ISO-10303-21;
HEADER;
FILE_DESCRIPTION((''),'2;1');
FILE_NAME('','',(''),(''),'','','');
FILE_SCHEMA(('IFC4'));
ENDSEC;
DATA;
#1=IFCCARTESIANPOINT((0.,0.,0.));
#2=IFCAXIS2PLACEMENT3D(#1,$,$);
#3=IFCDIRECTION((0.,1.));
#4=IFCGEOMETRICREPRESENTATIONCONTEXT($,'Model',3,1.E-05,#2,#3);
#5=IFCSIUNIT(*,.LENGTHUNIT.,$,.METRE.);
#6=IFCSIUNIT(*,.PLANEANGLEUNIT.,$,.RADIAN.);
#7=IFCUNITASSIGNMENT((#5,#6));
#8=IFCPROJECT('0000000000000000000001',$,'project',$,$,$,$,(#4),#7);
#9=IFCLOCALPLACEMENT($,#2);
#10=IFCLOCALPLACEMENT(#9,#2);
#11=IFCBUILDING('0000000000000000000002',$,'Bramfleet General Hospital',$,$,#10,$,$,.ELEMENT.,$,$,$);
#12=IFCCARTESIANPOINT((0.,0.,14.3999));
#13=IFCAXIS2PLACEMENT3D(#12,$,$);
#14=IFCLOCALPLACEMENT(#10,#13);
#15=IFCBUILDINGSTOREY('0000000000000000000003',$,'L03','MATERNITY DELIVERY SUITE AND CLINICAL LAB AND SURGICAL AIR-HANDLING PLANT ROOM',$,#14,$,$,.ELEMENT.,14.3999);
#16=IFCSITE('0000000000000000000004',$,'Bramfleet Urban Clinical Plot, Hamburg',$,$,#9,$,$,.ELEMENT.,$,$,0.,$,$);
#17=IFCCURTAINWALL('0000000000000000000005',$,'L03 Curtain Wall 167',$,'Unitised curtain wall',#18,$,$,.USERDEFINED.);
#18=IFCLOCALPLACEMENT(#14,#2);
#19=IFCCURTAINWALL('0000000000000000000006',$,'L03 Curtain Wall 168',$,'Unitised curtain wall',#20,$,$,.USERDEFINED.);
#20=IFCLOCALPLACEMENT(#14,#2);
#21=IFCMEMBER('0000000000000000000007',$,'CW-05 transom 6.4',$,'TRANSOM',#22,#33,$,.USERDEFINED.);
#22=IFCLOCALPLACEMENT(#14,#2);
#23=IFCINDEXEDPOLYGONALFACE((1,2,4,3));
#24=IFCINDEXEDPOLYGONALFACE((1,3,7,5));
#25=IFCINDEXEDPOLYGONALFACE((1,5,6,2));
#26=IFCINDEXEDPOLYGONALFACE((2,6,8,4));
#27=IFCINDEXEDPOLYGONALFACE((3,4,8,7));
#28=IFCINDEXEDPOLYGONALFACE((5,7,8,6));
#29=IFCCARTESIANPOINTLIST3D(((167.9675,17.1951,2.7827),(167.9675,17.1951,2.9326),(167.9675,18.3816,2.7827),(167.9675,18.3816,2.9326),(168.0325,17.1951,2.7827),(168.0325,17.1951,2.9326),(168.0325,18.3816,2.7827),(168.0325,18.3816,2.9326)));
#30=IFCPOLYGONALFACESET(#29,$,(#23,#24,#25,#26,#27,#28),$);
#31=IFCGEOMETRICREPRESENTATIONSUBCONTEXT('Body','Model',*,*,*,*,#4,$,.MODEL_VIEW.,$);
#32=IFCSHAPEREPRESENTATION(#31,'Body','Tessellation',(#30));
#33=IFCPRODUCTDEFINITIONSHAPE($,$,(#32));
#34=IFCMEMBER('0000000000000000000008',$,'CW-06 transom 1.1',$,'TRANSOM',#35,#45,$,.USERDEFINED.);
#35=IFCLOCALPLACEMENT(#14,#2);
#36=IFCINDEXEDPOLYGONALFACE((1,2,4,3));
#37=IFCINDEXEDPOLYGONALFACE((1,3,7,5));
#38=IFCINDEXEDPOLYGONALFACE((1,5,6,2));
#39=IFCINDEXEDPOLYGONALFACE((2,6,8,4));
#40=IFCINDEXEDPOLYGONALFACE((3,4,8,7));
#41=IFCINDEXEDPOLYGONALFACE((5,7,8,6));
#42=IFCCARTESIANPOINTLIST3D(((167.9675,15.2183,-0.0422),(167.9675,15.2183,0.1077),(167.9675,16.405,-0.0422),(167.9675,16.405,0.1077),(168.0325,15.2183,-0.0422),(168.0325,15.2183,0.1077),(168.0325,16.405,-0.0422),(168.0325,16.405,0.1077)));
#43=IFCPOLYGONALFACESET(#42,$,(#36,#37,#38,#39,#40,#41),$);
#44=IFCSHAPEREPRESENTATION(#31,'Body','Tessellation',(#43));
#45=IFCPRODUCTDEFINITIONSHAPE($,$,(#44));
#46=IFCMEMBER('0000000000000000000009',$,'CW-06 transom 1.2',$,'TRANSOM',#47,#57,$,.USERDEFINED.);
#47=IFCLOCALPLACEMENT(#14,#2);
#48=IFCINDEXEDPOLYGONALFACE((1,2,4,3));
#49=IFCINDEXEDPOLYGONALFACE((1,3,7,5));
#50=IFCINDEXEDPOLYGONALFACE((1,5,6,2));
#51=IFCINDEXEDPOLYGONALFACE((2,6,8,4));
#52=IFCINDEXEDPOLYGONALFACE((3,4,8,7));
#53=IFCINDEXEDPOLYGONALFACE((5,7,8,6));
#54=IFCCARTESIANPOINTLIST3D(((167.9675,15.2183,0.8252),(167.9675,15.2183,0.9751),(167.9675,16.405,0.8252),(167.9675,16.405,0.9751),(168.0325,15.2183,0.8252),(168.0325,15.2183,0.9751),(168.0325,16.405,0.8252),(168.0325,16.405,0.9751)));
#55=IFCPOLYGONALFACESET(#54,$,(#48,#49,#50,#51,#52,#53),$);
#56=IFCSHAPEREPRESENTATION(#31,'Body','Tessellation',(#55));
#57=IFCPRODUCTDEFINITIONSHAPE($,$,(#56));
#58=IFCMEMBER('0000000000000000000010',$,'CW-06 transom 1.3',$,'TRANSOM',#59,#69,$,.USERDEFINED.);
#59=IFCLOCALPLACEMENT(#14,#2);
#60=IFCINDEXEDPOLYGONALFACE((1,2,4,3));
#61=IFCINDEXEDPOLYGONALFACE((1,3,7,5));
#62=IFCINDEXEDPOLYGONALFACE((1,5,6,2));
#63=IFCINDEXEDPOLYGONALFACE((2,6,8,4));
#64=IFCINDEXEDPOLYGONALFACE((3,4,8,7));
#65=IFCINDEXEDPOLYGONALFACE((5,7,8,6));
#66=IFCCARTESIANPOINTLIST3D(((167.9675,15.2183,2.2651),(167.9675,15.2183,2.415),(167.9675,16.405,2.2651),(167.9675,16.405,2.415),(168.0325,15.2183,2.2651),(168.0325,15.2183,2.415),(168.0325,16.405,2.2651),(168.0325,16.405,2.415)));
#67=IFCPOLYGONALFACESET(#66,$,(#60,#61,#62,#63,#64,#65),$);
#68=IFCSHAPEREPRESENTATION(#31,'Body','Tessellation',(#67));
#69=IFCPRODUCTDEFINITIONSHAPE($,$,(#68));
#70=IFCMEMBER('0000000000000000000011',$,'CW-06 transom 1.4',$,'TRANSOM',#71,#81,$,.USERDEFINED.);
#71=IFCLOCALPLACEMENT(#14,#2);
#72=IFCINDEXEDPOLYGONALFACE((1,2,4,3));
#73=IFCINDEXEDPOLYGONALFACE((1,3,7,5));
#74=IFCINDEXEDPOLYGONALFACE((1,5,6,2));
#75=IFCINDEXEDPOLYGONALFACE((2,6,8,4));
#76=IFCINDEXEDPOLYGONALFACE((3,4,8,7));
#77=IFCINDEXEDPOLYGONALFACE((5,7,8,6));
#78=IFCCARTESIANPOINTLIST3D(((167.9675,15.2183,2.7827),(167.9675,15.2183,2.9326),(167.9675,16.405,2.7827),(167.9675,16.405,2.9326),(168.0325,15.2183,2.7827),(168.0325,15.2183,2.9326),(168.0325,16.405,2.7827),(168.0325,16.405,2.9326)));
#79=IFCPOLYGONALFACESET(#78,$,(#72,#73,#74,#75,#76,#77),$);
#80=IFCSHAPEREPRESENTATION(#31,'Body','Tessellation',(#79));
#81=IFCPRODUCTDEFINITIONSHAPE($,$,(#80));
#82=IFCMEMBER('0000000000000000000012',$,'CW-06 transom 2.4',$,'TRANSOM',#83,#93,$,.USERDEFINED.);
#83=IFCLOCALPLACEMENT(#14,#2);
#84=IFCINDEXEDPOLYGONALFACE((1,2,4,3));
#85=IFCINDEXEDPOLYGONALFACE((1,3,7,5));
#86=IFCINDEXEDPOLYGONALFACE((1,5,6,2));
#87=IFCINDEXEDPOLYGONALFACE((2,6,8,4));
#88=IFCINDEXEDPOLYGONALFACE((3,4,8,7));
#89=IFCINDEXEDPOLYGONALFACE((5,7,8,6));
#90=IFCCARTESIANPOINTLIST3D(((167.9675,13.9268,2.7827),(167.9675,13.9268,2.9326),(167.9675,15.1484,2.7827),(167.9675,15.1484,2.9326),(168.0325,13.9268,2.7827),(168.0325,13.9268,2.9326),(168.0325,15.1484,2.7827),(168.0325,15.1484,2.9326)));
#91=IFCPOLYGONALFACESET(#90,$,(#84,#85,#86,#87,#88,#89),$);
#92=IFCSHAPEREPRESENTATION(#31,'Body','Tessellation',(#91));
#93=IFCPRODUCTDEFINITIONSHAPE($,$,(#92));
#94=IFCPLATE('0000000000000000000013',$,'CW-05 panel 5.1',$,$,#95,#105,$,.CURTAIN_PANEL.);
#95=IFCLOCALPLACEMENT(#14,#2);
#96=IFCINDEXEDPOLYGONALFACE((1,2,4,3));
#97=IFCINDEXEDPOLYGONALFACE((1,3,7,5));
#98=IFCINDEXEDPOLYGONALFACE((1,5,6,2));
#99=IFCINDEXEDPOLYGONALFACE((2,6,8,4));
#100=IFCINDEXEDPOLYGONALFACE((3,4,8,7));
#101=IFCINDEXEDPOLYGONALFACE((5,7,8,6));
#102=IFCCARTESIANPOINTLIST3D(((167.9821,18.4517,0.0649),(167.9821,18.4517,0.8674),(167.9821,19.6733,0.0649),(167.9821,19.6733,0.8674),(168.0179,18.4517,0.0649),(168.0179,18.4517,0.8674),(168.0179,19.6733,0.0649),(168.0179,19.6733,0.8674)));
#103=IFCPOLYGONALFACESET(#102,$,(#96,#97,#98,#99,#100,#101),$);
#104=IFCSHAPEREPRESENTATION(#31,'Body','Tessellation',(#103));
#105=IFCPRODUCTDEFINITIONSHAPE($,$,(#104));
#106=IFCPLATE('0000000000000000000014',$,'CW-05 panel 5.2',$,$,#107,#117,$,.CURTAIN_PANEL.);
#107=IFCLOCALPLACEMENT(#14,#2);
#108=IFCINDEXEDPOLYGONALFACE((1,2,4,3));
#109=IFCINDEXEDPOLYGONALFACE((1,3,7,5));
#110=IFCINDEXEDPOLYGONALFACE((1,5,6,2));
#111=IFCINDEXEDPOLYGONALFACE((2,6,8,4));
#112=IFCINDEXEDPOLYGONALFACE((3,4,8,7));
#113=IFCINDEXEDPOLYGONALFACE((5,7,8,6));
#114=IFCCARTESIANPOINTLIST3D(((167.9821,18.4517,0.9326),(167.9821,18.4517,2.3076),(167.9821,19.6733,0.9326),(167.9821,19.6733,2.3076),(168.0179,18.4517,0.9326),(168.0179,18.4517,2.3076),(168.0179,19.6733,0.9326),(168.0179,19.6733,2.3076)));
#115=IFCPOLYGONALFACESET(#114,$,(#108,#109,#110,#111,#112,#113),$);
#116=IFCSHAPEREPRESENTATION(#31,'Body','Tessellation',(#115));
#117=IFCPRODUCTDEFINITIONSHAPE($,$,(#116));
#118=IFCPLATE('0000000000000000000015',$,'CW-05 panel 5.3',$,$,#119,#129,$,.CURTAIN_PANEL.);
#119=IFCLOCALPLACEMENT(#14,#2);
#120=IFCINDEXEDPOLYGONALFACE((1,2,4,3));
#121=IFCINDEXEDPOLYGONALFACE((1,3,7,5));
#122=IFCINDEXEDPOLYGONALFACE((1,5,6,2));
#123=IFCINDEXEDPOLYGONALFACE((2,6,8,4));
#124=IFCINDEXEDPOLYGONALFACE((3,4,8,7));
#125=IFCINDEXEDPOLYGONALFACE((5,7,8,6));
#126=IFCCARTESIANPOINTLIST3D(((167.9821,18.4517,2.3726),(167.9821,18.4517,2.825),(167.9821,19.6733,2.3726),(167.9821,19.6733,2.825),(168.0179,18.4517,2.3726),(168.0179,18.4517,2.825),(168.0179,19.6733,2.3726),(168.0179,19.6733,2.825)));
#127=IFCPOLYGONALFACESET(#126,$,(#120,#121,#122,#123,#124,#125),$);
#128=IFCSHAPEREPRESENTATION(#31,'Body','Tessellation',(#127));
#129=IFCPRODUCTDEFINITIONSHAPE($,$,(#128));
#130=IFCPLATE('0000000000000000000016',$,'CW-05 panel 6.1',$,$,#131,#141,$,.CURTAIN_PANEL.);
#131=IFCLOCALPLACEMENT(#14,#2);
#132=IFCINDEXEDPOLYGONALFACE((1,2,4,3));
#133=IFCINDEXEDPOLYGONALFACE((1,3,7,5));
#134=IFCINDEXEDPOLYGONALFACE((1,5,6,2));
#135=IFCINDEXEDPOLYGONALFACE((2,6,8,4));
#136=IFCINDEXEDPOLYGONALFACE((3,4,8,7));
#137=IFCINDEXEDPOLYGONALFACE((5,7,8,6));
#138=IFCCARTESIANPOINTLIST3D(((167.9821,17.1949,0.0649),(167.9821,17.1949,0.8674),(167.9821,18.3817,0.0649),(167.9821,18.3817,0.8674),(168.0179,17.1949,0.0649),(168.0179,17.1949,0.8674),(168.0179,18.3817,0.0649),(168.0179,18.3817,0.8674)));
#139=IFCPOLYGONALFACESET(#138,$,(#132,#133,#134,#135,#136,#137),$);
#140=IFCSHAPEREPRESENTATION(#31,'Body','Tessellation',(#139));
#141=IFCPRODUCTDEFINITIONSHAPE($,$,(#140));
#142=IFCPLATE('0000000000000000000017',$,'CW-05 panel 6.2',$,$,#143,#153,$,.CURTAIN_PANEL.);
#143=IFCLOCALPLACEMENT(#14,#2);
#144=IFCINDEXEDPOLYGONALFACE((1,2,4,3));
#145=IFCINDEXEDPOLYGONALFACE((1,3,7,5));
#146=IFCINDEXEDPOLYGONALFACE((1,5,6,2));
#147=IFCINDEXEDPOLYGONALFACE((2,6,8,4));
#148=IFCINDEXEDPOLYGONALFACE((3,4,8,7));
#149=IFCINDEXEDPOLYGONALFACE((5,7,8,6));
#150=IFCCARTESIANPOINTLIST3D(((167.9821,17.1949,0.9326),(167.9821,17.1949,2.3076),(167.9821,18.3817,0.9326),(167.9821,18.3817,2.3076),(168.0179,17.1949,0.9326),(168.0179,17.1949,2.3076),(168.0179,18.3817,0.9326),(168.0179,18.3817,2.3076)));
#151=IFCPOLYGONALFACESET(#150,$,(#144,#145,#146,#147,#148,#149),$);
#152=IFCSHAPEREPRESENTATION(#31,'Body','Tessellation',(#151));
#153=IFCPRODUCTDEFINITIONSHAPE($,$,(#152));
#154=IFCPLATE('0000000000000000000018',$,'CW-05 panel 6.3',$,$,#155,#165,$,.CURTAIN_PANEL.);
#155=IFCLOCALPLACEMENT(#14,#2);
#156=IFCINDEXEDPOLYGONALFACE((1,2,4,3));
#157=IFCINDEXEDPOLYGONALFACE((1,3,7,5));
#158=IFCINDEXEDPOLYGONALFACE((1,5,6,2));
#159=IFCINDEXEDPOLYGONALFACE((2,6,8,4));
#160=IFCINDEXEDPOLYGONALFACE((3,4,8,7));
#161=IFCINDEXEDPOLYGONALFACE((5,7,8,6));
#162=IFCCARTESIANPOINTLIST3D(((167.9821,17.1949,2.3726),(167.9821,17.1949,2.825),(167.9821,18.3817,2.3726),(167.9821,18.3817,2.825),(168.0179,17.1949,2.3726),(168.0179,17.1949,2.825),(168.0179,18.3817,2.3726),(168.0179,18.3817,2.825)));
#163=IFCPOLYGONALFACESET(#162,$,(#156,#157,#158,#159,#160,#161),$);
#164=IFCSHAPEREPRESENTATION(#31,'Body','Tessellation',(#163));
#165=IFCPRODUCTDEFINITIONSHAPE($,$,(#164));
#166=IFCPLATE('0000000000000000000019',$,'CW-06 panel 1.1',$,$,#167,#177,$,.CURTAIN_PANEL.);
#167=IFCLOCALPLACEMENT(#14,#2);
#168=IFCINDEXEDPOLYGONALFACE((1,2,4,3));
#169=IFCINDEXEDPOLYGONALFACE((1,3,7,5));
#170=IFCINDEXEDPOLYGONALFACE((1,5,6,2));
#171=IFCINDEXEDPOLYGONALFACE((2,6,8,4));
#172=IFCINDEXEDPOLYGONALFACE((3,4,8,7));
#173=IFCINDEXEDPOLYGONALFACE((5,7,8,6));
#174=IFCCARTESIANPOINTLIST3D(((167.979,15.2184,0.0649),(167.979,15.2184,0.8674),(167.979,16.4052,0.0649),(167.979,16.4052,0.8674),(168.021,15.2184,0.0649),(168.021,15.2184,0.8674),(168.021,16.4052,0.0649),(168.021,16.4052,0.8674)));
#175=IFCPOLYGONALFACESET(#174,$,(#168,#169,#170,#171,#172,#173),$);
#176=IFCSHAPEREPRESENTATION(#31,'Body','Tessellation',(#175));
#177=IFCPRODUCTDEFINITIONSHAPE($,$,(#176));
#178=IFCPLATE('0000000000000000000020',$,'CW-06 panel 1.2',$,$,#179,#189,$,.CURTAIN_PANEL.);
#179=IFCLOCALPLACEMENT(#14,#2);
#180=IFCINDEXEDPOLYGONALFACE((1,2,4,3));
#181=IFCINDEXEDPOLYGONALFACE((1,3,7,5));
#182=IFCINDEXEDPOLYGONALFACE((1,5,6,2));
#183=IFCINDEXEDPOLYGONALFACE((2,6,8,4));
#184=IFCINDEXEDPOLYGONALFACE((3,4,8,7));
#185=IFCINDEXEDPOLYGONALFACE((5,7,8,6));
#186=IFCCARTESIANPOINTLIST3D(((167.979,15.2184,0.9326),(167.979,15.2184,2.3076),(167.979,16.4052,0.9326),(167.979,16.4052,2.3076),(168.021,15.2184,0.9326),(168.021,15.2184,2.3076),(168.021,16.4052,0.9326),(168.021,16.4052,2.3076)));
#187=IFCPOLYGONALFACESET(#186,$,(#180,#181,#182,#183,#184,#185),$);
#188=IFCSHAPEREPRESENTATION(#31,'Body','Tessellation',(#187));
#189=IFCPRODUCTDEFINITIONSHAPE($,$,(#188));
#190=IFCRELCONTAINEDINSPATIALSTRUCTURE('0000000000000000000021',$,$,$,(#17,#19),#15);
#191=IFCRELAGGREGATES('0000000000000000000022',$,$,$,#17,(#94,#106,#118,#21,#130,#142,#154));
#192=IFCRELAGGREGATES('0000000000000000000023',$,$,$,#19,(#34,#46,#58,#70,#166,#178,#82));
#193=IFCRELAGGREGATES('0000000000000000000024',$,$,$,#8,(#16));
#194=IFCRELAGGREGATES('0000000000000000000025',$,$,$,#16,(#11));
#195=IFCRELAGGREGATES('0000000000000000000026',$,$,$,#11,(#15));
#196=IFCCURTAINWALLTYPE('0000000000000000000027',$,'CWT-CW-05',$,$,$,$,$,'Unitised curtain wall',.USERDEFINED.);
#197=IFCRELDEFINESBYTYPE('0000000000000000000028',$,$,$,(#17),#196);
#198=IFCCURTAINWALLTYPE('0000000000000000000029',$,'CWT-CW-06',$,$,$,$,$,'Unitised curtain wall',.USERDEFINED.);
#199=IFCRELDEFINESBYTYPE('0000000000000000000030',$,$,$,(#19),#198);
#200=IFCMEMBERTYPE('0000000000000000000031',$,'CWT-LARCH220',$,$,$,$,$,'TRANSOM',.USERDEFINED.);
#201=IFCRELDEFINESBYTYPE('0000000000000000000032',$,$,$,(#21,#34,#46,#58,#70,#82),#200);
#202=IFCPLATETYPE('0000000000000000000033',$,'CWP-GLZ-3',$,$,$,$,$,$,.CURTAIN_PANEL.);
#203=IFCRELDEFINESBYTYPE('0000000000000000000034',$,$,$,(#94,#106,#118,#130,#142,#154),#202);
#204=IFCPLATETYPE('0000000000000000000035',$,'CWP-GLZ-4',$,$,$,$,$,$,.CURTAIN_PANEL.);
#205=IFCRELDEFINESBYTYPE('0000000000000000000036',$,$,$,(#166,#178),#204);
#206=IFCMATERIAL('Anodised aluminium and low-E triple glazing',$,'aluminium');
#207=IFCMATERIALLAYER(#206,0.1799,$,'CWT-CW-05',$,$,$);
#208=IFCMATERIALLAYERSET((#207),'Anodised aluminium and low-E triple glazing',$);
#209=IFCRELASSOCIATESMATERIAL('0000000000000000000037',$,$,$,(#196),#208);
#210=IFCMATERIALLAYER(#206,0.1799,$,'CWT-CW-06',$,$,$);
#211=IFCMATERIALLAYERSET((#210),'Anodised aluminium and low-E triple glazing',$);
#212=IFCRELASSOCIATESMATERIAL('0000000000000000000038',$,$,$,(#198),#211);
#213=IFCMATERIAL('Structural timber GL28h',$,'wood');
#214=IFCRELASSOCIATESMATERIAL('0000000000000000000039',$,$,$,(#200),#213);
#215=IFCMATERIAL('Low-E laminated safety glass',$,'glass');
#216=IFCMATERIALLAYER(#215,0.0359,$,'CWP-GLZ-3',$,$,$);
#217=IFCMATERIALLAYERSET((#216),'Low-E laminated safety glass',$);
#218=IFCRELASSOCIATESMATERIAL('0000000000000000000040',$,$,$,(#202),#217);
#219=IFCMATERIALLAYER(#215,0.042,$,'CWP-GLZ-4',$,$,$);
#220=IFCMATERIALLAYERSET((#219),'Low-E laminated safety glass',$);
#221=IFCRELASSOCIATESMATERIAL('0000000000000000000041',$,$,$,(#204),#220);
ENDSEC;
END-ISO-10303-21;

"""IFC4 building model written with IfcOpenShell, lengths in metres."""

from ifc_helpers import new_model, si_unit, direction, frame, origin, origin_2d, place, context, subcontext, project, spatial, rectangle, extrude, material, layer, layer_set, material_profile, profile_set, type_object, element, aggregate, save


model = new_model("IFC4")

# Units and contexts
model_context = context("Model", 3, precision=1e-05, world=origin(), true_north=direction((0.0, 1.0)))
body_context = subcontext(model_context, "Body", "Model", "MODEL_VIEW")
ifc_project = project(units=[si_unit("LENGTHUNIT", "METRE"), si_unit("PLANEANGLEUNIT", "RADIAN")], contexts=[model_context])

# Site, building, storey
site_placement = place(None, origin())
site = spatial("IfcSite", under=ifc_project, at=site_placement, Name="Bramfleet Urban Clinical Plot, Hamburg", CompositionType="ELEMENT", RefElevation=0.0)
building_placement = place(site_placement, origin())
building = spatial("IfcBuilding", under=site, at=building_placement, Name="Bramfleet General Hospital", CompositionType="ELEMENT")
storey_placement = place(building_placement, frame((0.0, 0.0, 14.3999)))
storey = spatial("IfcBuildingStorey", under=building, at=storey_placement, Name="L03", Description="MATERNITY DELIVERY SUITE AND CLINICAL LAB AND SURGICAL AIR-HANDLING PLANT ROOM", CompositionType="ELEMENT", Elevation=14.3999)

# Curtain walls
ifc_material_1 = material(Name="Anodised aluminium and low-E triple glazing", Category="aluminium")
ifc_layer_1 = layer(ifc_material_1, 0.1799, Name="CWT-CW-05")
ifc_layer_set_1 = layer_set([ifc_layer_1], Name="Anodised aluminium and low-E triple glazing")
curtain_wall_type_1 = type_object("IfcCurtainWallType", Name="CWT-CW-05", ElementType="Unitised curtain wall", PredefinedType="USERDEFINED", material=ifc_layer_set_1)
curtain_wall_1_placement = place(storey_placement, origin())
curtain_wall_1 = element("IfcCurtainWall", 1, at=curtain_wall_1_placement, inside=storey, type_object=curtain_wall_type_1, Name="L03 Curtain Wall 167", ObjectType="Unitised curtain wall", PredefinedType="USERDEFINED")
ifc_material_2 = material(Name="Structural timber GL28h", Category="wood")
ifc_layer_2 = layer(ifc_material_1, 0.1799, Name="CWT-CW-06")
ifc_layer_set_2 = layer_set([ifc_layer_2], Name="Anodised aluminium and low-E triple glazing")
curtain_wall_type_2 = type_object("IfcCurtainWallType", Name="CWT-CW-06", ElementType="Unitised curtain wall", PredefinedType="USERDEFINED", material=ifc_layer_set_2)
curtain_wall_2_placement = place(storey_placement, origin())
curtain_wall_2 = element("IfcCurtainWall", 2, at=curtain_wall_2_placement, inside=storey, type_object=curtain_wall_type_2, Name="L03 Curtain Wall 168", ObjectType="Unitised curtain wall", PredefinedType="USERDEFINED")

# Members
ifc_material_profile_1 = material_profile(ifc_material_2, rectangle(XDim=0.0649, YDim=0.1499, at=origin_2d()), Name="LARCH 150x65")
ifc_profile_set_1 = profile_set([ifc_material_profile_1], Name="Structural timber GL28h")
member_type_1 = type_object("IfcMemberType", Name="CWT-LARCH220", ElementType="TRANSOM", PredefinedType="USERDEFINED", material=ifc_profile_set_1)
member_1_placement = place(storey_placement, frame((168.0, 18.3816, 2.8577), z_axis=(0.0, -1.0, 0.0), x_axis=(1.0, 0.0, 0.0)))
member_1 = element("IfcMember", 3, at=member_1_placement, type_object=member_type_1, Name="CW-05 transom 6.4", ObjectType="TRANSOM", PredefinedType="USERDEFINED", context=body_context, shape_type="SweptSolid", body=[
    extrude(rectangle(XDim=0.0649, YDim=0.1499, at=origin_2d()), origin(), (0.0, 0.0, 1.0), 1.1865),
])
member_2_placement = place(storey_placement, frame((168.0, 16.405, 0.0327), z_axis=(0.0, -1.0, 0.0), x_axis=(1.0, 0.0, 0.0)))
member_2 = element("IfcMember", 4, at=member_2_placement, type_object=member_type_1, Name="CW-06 transom 1.1", ObjectType="TRANSOM", PredefinedType="USERDEFINED", context=body_context, shape_type="SweptSolid", body=[
    extrude(rectangle(XDim=0.0649, YDim=0.1499, at=origin_2d()), origin(), (0.0, 0.0, 1.0), 1.1868),
])
member_3_placement = place(storey_placement, frame((168.0, 16.405, 0.9001), z_axis=(0.0, -1.0, 0.0), x_axis=(1.0, 0.0, 0.0)))
member_3 = element("IfcMember", 5, at=member_3_placement, type_object=member_type_1, Name="CW-06 transom 1.2", ObjectType="TRANSOM", PredefinedType="USERDEFINED", context=body_context, shape_type="SweptSolid", body=[
    extrude(rectangle(XDim=0.0649, YDim=0.1499, at=origin_2d()), origin(), (0.0, 0.0, 1.0), 1.1868),
])
member_4_placement = place(storey_placement, frame((168.0, 16.405, 2.3401), z_axis=(0.0, -1.0, 0.0), x_axis=(1.0, 0.0, 0.0)))
member_4 = element("IfcMember", 6, at=member_4_placement, type_object=member_type_1, Name="CW-06 transom 1.3", ObjectType="TRANSOM", PredefinedType="USERDEFINED", context=body_context, shape_type="SweptSolid", body=[
    extrude(rectangle(XDim=0.0649, YDim=0.1499, at=origin_2d()), origin(), (0.0, 0.0, 1.0), 1.1868),
])
member_5_placement = place(storey_placement, frame((168.0, 16.405, 2.8577), z_axis=(0.0, -1.0, 0.0), x_axis=(1.0, 0.0, 0.0)))
member_5 = element("IfcMember", 7, at=member_5_placement, type_object=member_type_1, Name="CW-06 transom 1.4", ObjectType="TRANSOM", PredefinedType="USERDEFINED", context=body_context, shape_type="SweptSolid", body=[
    extrude(rectangle(XDim=0.0649, YDim=0.1499, at=origin_2d()), origin(), (0.0, 0.0, 1.0), 1.1868),
])
member_6_placement = place(storey_placement, frame((168.0, 15.1484, 2.8577), z_axis=(0.0, -1.0, 0.0), x_axis=(1.0, 0.0, 0.0)))
member_6 = element("IfcMember", 8, at=member_6_placement, type_object=member_type_1, Name="CW-06 transom 2.4", ObjectType="TRANSOM", PredefinedType="USERDEFINED", context=body_context, shape_type="SweptSolid", body=[
    extrude(rectangle(XDim=0.0649, YDim=0.1499, at=origin_2d()), origin(), (0.0, 0.0, 1.0), 1.2217),
])

# Plates
ifc_material_3 = material(Name="Low-E laminated safety glass", Category="glass")
ifc_layer_3 = layer(ifc_material_3, 0.0359, Name="CWP-GLZ-3")
ifc_layer_set_3 = layer_set([ifc_layer_3], Name="Low-E laminated safety glass")
plate_type_1 = type_object("IfcPlateType", Name="CWP-GLZ-3", PredefinedType="CURTAIN_PANEL", material=ifc_layer_set_3)
plate_1_placement = place(storey_placement, frame((168.0, 19.0625, 0.0649), z_axis=(0.0, 0.0, 1.0), x_axis=(0.0, -1.0, 0.0)))
plate_1 = element("IfcPlate", 9, at=plate_1_placement, type_object=plate_type_1, Name="CW-05 panel 5.1", PredefinedType="CURTAIN_PANEL", context=body_context, shape_type="SweptSolid", body=[
    extrude(rectangle(XDim=1.2217, YDim=0.0359, at=origin_2d()), origin(), (0.0, 0.0, 1.0), 0.8025),
])
plate_2_placement = place(storey_placement, frame((168.0, 19.0625, 0.9326), z_axis=(0.0, 0.0, 1.0), x_axis=(0.0, -1.0, 0.0)))
plate_2 = element("IfcPlate", 10, at=plate_2_placement, type_object=plate_type_1, Name="CW-05 panel 5.2", PredefinedType="CURTAIN_PANEL", context=body_context, shape_type="SweptSolid", body=[
    extrude(rectangle(XDim=1.2217, YDim=0.0359, at=origin_2d()), origin(), (0.0, 0.0, 1.0), 1.375),
])
plate_3_placement = place(storey_placement, frame((168.0, 19.0625, 2.3726), z_axis=(0.0, 0.0, 1.0), x_axis=(0.0, -1.0, 0.0)))
plate_3 = element("IfcPlate", 11, at=plate_3_placement, type_object=plate_type_1, Name="CW-05 panel 5.3", PredefinedType="CURTAIN_PANEL", context=body_context, shape_type="SweptSolid", body=[
    extrude(rectangle(XDim=1.2217, YDim=0.0359, at=origin_2d()), origin(), (0.0, 0.0, 1.0), 0.4524),
])
plate_4_placement = place(storey_placement, frame((168.0, 17.7883, 0.0649), z_axis=(0.0, 0.0, 1.0), x_axis=(0.0, -1.0, 0.0)))
plate_4 = element("IfcPlate", 12, at=plate_4_placement, type_object=plate_type_1, Name="CW-05 panel 6.1", PredefinedType="CURTAIN_PANEL", context=body_context, shape_type="SweptSolid", body=[
    extrude(rectangle(XDim=1.1868, YDim=0.0359, at=origin_2d()), origin(), (0.0, 0.0, 1.0), 0.8025),
])
plate_5_placement = place(storey_placement, frame((168.0, 17.7883, 0.9326), z_axis=(0.0, 0.0, 1.0), x_axis=(0.0, -1.0, 0.0)))
plate_5 = element("IfcPlate", 13, at=plate_5_placement, type_object=plate_type_1, Name="CW-05 panel 6.2", PredefinedType="CURTAIN_PANEL", context=body_context, shape_type="SweptSolid", body=[
    extrude(rectangle(XDim=1.1868, YDim=0.0359, at=origin_2d()), origin(), (0.0, 0.0, 1.0), 1.375),
])
plate_6_placement = place(storey_placement, frame((168.0, 17.7883, 2.3726), z_axis=(0.0, 0.0, 1.0), x_axis=(0.0, -1.0, 0.0)))
plate_6 = element("IfcPlate", 14, at=plate_6_placement, type_object=plate_type_1, Name="CW-05 panel 6.3", PredefinedType="CURTAIN_PANEL", context=body_context, shape_type="SweptSolid", body=[
    extrude(rectangle(XDim=1.1868, YDim=0.0359, at=origin_2d()), origin(), (0.0, 0.0, 1.0), 0.4524),
])
aggregate(curtain_wall_1, [plate_1, plate_2, plate_3, member_1, plate_4, plate_5, plate_6])
ifc_layer_4 = layer(ifc_material_3, 0.042, Name="CWP-GLZ-4")
ifc_layer_set_4 = layer_set([ifc_layer_4], Name="Low-E laminated safety glass")
plate_type_2 = type_object("IfcPlateType", Name="CWP-GLZ-4", PredefinedType="CURTAIN_PANEL", material=ifc_layer_set_4)
plate_7_placement = place(storey_placement, frame((168.0, 15.8118, 0.0649), z_axis=(0.0, 0.0, 1.0), x_axis=(0.0, -1.0, 0.0)))
plate_7 = element("IfcPlate", 15, at=plate_7_placement, type_object=plate_type_2, Name="CW-06 panel 1.1", PredefinedType="CURTAIN_PANEL", context=body_context, shape_type="SweptSolid", body=[
    extrude(rectangle(XDim=1.1868, YDim=0.042, at=origin_2d()), origin(), (0.0, 0.0, 1.0), 0.8025),
])
plate_8_placement = place(storey_placement, frame((168.0, 15.8118, 0.9326), z_axis=(0.0, 0.0, 1.0), x_axis=(0.0, -1.0, 0.0)))
plate_8 = element("IfcPlate", 16, at=plate_8_placement, type_object=plate_type_2, Name="CW-06 panel 1.2", PredefinedType="CURTAIN_PANEL", context=body_context, shape_type="SweptSolid", body=[
    extrude(rectangle(XDim=1.1868, YDim=0.042, at=origin_2d()), origin(), (0.0, 0.0, 1.0), 1.375),
])
aggregate(curtain_wall_2, [member_2, member_3, member_4, member_5, plate_7, plate_8, member_6])

save(model, "model.ifc")
